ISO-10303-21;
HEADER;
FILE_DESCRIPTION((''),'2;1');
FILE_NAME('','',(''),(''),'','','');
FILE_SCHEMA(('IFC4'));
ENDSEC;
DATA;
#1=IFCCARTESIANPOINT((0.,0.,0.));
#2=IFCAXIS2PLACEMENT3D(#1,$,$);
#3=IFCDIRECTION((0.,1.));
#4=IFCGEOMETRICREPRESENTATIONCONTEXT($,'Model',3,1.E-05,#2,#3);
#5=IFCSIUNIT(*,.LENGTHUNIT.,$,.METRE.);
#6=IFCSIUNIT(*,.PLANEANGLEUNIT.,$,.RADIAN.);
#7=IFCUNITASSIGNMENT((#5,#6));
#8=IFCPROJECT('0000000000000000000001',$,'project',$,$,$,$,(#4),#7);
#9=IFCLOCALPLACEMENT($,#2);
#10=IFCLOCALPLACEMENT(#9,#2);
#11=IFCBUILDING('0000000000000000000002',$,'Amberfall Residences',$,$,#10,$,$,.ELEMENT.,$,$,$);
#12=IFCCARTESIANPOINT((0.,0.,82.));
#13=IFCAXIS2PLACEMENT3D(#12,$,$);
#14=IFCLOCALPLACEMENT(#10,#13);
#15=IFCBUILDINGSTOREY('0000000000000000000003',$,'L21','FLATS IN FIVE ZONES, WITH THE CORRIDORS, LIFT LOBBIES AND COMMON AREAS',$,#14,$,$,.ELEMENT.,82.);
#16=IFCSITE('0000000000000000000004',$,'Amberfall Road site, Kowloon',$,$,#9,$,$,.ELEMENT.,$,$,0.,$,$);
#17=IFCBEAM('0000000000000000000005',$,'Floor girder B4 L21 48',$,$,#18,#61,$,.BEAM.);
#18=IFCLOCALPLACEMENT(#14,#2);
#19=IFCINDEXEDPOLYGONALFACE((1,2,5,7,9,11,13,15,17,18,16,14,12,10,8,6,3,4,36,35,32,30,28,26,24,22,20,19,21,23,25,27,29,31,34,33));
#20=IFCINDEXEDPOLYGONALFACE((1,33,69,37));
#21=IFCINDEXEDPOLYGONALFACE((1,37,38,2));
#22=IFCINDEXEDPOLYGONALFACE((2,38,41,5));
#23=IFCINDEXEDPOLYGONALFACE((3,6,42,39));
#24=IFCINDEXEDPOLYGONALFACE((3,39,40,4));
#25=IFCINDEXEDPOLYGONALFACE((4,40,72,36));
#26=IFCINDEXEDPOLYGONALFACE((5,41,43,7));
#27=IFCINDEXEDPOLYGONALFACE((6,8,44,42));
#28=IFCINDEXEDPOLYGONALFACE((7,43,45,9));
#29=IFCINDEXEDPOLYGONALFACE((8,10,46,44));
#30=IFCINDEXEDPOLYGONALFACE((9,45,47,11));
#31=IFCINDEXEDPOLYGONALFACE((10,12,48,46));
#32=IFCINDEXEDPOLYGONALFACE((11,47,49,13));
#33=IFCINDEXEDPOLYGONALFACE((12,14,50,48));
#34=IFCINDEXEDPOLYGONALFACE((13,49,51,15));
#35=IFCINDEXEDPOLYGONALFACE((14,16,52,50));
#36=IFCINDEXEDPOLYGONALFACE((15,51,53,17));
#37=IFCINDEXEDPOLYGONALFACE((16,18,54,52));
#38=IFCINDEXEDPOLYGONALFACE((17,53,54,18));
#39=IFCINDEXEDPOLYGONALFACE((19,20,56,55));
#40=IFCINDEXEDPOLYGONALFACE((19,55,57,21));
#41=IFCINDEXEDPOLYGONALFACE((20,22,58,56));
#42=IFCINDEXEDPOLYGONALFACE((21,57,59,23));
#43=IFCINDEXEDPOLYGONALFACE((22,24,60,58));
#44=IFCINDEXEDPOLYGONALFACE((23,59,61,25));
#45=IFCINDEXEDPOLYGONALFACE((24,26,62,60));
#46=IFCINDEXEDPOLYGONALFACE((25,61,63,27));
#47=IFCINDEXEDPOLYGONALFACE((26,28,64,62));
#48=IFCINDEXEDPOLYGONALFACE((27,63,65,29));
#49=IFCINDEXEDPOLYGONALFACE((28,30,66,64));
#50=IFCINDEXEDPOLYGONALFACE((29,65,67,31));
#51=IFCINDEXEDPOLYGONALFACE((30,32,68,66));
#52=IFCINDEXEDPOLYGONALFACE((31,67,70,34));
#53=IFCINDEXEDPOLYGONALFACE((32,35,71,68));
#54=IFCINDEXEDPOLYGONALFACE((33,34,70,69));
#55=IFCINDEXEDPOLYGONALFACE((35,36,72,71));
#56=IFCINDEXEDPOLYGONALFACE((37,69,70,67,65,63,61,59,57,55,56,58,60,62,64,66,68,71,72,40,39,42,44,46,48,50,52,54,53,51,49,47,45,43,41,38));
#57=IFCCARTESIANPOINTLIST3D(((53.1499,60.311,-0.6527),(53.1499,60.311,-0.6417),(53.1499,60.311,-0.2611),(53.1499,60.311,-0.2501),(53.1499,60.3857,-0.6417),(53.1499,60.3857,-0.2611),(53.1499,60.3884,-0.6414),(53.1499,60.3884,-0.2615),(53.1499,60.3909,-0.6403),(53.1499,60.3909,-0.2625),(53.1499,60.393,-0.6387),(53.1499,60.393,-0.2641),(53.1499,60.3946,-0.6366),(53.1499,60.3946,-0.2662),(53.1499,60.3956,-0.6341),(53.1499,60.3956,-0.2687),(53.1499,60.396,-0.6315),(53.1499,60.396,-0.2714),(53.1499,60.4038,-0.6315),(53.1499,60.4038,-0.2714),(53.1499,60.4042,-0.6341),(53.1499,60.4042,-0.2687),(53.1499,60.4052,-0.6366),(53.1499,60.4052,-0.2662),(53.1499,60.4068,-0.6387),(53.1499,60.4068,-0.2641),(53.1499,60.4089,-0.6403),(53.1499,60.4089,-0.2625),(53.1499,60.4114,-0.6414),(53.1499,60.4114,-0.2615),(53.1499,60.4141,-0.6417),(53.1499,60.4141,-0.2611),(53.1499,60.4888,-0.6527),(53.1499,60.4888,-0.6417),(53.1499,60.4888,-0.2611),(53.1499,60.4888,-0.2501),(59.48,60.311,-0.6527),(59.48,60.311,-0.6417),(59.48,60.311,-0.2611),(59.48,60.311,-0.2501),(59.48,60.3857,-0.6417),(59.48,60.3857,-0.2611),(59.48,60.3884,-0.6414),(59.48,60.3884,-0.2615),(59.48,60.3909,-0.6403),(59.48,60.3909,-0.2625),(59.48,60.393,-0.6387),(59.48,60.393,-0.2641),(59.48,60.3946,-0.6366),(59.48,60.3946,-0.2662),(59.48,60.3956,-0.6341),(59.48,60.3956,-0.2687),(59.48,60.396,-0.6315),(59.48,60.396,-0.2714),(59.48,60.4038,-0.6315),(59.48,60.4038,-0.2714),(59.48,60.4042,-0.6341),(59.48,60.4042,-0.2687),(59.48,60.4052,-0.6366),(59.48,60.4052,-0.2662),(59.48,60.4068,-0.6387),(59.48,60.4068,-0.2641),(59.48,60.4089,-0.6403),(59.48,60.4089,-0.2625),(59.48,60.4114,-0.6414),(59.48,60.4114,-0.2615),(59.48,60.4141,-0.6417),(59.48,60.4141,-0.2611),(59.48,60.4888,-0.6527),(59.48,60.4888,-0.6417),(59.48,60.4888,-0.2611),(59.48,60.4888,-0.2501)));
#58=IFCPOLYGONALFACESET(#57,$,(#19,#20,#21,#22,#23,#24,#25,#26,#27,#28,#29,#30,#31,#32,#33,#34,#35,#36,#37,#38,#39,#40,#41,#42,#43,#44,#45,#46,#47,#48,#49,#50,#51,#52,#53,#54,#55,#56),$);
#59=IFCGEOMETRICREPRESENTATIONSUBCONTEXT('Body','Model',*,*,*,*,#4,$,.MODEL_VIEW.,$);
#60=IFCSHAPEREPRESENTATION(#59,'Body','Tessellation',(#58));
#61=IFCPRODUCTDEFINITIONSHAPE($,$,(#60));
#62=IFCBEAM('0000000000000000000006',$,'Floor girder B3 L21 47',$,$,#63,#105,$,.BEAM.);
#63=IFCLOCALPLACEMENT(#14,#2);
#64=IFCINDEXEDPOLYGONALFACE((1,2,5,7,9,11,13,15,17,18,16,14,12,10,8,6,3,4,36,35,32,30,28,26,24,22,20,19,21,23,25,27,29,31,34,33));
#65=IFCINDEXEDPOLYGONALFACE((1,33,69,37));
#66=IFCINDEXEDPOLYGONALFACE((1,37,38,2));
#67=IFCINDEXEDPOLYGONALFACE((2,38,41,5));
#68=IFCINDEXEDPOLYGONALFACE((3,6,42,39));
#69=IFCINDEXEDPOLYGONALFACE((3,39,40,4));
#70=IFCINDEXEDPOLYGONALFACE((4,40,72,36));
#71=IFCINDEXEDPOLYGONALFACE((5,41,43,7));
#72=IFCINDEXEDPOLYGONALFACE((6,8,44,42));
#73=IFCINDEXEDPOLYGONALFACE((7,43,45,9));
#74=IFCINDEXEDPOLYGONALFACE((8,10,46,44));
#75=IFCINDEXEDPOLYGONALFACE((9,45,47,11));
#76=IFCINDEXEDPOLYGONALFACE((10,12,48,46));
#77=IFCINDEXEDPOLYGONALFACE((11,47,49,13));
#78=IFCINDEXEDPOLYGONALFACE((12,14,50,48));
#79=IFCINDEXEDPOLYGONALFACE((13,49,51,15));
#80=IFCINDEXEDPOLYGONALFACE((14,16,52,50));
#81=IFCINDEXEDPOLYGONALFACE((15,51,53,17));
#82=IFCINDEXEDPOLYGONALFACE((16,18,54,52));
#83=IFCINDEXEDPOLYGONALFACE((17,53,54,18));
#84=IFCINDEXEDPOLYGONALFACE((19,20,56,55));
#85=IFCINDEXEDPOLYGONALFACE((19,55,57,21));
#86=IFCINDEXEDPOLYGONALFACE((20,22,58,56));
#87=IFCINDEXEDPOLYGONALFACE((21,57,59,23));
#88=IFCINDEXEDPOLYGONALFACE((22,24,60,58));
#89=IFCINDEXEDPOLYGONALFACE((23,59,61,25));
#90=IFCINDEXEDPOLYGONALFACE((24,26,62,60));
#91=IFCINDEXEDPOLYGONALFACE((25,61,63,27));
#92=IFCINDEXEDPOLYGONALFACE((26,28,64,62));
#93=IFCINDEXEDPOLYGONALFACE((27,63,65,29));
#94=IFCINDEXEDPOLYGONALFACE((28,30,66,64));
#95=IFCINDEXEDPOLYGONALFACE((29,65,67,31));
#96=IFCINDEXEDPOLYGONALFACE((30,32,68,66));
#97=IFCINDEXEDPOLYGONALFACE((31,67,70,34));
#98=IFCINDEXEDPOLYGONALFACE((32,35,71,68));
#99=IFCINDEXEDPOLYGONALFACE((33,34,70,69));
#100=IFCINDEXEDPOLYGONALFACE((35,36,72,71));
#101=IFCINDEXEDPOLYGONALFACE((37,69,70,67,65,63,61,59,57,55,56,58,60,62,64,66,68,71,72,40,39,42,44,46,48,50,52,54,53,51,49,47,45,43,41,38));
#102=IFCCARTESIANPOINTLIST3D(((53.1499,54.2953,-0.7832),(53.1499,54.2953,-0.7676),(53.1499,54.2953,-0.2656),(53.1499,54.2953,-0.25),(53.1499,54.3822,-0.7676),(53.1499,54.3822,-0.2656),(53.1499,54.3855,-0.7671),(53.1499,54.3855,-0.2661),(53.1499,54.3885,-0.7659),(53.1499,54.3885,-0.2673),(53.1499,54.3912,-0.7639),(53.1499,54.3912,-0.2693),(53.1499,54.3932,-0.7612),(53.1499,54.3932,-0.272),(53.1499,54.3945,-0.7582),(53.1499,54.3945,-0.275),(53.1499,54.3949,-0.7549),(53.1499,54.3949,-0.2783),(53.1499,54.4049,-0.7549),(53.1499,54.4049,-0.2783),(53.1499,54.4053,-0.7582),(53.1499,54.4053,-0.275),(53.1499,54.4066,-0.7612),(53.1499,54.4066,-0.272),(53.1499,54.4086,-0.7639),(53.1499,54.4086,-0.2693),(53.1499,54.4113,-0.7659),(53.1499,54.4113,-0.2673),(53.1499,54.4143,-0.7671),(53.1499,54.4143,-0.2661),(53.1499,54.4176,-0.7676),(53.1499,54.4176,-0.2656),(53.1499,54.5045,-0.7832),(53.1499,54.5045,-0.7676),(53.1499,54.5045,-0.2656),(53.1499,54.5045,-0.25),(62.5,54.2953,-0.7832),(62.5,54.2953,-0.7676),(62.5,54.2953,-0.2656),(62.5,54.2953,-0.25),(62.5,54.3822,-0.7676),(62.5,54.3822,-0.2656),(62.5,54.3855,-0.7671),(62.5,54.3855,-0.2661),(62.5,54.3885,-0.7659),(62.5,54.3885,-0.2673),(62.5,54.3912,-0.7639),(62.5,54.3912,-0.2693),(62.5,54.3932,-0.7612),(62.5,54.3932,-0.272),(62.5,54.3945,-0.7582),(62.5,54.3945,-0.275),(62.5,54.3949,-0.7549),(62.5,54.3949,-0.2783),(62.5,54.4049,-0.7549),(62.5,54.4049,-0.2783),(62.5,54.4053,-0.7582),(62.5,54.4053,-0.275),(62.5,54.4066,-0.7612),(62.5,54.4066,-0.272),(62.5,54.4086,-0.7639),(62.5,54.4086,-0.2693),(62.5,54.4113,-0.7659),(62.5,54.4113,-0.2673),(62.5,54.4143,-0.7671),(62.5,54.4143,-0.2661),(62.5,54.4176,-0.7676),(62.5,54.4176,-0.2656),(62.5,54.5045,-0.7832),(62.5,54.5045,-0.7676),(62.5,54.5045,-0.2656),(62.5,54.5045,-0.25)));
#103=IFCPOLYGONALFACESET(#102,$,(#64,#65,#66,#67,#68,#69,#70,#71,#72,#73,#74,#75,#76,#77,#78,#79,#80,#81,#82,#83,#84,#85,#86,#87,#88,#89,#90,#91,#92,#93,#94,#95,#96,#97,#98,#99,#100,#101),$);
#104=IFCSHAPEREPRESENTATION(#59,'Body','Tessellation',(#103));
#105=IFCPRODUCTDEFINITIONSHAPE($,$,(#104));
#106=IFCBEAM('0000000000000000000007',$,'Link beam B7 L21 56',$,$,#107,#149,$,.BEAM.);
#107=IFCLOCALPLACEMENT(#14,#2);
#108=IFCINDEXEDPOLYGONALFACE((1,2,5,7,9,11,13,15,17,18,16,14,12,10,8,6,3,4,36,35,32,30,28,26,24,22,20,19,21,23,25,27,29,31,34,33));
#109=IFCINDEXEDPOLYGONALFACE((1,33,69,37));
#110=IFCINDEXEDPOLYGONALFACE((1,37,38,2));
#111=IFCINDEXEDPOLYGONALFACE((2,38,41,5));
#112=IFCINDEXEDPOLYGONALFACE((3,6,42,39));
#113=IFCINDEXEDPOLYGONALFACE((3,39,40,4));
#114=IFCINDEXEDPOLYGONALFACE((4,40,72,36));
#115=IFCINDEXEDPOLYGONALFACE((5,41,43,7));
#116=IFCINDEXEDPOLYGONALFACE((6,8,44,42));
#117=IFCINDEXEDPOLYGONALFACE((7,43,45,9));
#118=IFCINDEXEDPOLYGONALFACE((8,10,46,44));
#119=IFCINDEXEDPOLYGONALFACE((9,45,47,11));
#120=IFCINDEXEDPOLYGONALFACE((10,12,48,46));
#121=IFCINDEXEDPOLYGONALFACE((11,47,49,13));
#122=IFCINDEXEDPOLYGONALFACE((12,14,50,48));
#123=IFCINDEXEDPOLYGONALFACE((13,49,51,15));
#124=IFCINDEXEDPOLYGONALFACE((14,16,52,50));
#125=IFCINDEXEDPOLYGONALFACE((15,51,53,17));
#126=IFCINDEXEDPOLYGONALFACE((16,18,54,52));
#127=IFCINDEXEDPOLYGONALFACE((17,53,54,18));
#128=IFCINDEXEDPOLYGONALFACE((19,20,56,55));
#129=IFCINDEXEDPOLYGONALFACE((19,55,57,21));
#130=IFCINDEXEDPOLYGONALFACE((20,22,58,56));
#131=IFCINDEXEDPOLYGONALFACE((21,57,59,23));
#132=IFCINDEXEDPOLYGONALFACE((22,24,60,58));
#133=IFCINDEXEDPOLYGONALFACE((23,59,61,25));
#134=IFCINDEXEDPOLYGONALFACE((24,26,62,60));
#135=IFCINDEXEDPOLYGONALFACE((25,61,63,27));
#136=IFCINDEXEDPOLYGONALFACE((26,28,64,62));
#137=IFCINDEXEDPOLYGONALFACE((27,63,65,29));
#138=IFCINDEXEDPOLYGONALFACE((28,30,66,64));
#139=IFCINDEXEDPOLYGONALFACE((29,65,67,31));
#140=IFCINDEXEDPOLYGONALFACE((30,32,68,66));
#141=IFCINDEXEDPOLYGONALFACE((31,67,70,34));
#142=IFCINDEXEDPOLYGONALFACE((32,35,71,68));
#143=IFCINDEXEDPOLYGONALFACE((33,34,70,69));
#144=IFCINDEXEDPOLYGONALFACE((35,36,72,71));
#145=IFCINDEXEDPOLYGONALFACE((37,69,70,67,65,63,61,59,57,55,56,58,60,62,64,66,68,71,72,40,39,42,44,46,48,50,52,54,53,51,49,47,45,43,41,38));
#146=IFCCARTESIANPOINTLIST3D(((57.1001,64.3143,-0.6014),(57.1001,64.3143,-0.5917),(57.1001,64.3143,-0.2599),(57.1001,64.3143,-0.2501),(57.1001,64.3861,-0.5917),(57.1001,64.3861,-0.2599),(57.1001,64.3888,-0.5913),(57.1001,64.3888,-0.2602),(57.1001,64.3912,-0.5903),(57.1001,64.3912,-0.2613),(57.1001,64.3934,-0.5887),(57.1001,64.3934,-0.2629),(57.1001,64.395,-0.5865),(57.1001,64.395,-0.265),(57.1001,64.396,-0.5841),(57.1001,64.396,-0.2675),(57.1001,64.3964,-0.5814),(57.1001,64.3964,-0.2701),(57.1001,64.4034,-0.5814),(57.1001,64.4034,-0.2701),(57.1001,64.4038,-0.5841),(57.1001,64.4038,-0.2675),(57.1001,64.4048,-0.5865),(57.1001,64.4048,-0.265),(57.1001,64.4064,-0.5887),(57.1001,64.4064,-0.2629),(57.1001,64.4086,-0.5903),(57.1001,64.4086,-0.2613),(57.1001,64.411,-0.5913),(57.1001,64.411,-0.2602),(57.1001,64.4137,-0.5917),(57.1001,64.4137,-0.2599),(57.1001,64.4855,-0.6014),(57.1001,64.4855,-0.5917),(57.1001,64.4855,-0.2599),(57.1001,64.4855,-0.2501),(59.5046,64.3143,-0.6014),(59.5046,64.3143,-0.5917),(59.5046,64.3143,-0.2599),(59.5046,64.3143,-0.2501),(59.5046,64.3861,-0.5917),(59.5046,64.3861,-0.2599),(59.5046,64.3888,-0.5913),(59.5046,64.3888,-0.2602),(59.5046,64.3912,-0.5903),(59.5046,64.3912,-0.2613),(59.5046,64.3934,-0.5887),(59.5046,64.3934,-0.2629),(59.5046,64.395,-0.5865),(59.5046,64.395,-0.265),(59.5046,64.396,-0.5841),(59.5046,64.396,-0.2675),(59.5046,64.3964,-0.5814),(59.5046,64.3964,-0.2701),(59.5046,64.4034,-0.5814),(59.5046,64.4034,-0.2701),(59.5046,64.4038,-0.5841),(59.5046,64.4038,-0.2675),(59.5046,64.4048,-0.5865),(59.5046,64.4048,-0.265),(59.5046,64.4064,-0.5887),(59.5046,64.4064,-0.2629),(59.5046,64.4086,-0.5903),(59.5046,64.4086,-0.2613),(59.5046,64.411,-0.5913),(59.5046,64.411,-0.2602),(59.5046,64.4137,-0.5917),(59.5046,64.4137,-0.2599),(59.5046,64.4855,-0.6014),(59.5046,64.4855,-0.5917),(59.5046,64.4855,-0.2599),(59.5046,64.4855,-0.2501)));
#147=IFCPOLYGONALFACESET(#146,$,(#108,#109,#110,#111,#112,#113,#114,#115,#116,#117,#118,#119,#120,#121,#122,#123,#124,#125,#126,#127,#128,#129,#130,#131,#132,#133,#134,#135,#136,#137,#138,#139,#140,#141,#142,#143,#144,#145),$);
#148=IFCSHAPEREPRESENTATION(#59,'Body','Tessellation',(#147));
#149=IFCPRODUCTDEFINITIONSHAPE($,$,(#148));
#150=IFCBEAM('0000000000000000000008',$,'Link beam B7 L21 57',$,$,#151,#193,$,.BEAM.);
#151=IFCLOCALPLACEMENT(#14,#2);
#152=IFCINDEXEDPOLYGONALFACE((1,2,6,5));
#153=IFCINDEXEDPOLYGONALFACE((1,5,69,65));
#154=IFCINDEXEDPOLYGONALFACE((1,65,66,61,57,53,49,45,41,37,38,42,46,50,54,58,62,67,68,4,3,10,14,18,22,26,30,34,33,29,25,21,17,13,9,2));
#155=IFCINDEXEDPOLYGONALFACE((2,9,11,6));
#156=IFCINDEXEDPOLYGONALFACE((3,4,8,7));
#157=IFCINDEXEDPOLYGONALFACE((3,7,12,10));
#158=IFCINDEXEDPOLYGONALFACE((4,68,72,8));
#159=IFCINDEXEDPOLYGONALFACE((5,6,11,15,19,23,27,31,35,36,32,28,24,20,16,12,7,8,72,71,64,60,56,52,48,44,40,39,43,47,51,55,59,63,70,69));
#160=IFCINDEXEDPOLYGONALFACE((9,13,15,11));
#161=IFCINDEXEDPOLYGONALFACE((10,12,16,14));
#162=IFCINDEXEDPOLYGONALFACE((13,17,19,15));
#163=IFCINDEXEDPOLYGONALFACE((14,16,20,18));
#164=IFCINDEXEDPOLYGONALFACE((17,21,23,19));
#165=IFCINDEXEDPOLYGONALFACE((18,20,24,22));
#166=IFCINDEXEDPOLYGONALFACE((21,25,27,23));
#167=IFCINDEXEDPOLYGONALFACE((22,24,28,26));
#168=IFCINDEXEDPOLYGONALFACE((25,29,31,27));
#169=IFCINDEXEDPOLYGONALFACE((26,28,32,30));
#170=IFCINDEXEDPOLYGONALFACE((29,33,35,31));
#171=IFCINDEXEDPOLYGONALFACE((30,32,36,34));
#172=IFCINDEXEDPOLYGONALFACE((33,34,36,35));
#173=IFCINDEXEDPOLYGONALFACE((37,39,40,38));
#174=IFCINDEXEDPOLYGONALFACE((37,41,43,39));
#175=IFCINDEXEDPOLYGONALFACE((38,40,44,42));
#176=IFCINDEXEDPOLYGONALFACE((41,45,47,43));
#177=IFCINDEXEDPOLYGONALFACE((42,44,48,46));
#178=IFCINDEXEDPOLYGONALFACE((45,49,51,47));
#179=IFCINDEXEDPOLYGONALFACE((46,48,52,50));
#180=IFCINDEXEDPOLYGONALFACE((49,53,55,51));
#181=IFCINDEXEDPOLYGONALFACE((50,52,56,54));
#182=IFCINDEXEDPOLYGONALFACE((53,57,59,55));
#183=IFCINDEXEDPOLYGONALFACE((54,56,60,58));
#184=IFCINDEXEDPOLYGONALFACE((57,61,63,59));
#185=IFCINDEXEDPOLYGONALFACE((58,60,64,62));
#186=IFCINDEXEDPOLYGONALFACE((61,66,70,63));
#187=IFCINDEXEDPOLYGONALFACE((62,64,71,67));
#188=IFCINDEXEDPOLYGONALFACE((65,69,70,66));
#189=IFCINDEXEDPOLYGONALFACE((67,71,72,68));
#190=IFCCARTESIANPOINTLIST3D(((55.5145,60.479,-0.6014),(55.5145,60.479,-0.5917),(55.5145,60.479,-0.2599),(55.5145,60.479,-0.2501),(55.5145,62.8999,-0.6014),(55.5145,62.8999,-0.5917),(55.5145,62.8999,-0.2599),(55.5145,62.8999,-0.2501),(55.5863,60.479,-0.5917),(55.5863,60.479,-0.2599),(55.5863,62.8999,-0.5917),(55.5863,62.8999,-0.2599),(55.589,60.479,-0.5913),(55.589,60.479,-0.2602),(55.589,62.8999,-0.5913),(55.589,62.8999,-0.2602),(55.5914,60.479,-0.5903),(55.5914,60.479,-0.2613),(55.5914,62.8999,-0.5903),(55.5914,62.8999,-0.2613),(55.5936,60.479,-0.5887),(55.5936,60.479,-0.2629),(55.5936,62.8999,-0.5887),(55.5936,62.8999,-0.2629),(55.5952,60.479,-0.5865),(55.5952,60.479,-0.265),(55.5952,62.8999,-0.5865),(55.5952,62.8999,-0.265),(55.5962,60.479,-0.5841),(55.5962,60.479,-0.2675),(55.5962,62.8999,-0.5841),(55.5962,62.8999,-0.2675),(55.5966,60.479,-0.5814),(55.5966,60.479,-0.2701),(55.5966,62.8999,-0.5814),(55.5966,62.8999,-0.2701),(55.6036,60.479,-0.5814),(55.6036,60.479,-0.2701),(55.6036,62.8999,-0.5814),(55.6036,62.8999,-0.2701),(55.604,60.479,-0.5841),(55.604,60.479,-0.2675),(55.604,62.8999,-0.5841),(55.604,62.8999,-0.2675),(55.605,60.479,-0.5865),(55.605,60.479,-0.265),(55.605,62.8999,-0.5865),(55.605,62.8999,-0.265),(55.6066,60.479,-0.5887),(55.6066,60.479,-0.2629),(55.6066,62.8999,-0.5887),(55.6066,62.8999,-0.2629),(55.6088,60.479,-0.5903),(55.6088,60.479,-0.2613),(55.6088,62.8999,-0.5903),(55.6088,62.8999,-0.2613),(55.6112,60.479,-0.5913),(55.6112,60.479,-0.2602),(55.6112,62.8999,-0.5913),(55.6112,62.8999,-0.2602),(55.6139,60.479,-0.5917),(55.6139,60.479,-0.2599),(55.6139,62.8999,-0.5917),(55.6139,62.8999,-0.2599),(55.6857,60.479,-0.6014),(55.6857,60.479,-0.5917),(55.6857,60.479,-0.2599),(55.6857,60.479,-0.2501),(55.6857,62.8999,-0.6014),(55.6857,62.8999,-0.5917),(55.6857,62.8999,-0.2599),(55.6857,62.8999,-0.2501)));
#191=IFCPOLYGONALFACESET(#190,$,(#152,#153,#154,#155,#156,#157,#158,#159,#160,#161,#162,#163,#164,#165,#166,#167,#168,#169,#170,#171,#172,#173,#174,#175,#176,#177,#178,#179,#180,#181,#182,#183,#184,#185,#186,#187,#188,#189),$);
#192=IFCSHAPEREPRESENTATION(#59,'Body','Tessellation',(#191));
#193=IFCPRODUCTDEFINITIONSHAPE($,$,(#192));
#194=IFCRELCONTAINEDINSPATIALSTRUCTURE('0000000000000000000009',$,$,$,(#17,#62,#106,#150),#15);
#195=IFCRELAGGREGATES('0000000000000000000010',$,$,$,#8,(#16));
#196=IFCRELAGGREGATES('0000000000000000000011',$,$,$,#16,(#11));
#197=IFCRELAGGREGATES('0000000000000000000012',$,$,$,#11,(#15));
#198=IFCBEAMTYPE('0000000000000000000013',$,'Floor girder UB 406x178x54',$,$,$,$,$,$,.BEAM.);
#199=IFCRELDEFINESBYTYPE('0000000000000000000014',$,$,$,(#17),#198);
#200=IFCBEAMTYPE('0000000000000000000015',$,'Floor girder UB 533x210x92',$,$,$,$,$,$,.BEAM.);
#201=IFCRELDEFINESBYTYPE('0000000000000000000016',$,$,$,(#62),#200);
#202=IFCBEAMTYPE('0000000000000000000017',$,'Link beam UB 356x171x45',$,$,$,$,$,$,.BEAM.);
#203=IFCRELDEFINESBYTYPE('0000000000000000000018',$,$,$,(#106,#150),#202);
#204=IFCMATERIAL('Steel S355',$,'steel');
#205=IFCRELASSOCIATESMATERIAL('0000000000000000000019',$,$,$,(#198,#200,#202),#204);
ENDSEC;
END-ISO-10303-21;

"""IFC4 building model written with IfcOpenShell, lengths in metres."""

from ifc_helpers import new_model, si_unit, direction, frame, origin, origin_2d, place, context, subcontext, project, spatial, i_section, extrude, material, material_profile, profile_set, type_object, element, save


model = new_model("IFC4")

# Units and contexts
model_context = context("Model", 3, precision=1e-05, world=origin(), true_north=direction((0.0, 1.0)))
body_context = subcontext(model_context, "Body", "Model", "MODEL_VIEW")
ifc_project = project(units=[si_unit("LENGTHUNIT", "METRE"), si_unit("PLANEANGLEUNIT", "RADIAN")], contexts=[model_context])

# Site, building, storey
site_placement = place(None, origin())
site = spatial("IfcSite", under=ifc_project, at=site_placement, Name="Amberfall Road site, Kowloon", CompositionType="ELEMENT", RefElevation=0.0)
building_placement = place(site_placement, origin())
building = spatial("IfcBuilding", under=site, at=building_placement, Name="Amberfall Residences", CompositionType="ELEMENT")
storey_placement = place(building_placement, frame((0.0, 0.0, 82.0)))
storey = spatial("IfcBuildingStorey", under=building, at=storey_placement, Name="L21", Description="FLATS IN FIVE ZONES, WITH THE CORRIDORS, LIFT LOBBIES AND COMMON AREAS", CompositionType="ELEMENT", Elevation=82.0)

# Shared definitions
ifc_material_1 = material(Name="Steel S355", Category="steel")

# Beams
ifc_material_profile_1 = material_profile(ifc_material_1, i_section(OverallWidth=0.1777, OverallDepth=0.4026, WebThickness=0.0078, FlangeThickness=0.011, FilletRadius=0.0103, at=origin_2d()), Name="UB 406x178x54")
ifc_profile_set_1 = profile_set([ifc_material_profile_1], Name="Steel S355")
beam_type_1 = type_object("IfcBeamType", Name="Floor girder UB 406x178x54", PredefinedType="BEAM", material=ifc_profile_set_1)
beam_1_placement = place(storey_placement, frame((53.1499, 60.3999, -0.4514), z_axis=(1.0, 0.0, 0.0), x_axis=(0.0, 1.0, 0.0)))
element("IfcBeam", 1, at=beam_1_placement, inside=storey, type_object=beam_type_1, Name="Floor girder B4 L21 48", PredefinedType="BEAM", context=body_context, shape_type="SweptSolid", body=[
    extrude(i_section(OverallWidth=0.1777, OverallDepth=0.4026, WebThickness=0.0078, FlangeThickness=0.011, FilletRadius=0.0103, at=origin_2d()), origin(), (0.0, 0.0, 1.0), 6.3301),
])
ifc_material_profile_2 = material_profile(ifc_material_1, i_section(OverallWidth=0.2092, OverallDepth=0.5332, WebThickness=0.01, FlangeThickness=0.0156, FilletRadius=0.0127, at=origin_2d()), Name="UB 533x210x92")
ifc_profile_set_2 = profile_set([ifc_material_profile_2], Name="Steel S355")
beam_type_2 = type_object("IfcBeamType", Name="Floor girder UB 533x210x92", PredefinedType="BEAM", material=ifc_profile_set_2)
beam_2_placement = place(storey_placement, frame((53.1499, 54.3999, -0.5166), z_axis=(1.0, 0.0, 0.0), x_axis=(0.0, 1.0, 0.0)))
element("IfcBeam", 2, at=beam_2_placement, inside=storey, type_object=beam_type_2, Name="Floor girder B3 L21 47", PredefinedType="BEAM", context=body_context, shape_type="SweptSolid", body=[
    extrude(i_section(OverallWidth=0.2092, OverallDepth=0.5332, WebThickness=0.01, FlangeThickness=0.0156, FilletRadius=0.0127, at=origin_2d()), origin(), (0.0, 0.0, 1.0), 9.3501),
])
ifc_material_profile_3 = material_profile(ifc_material_1, i_section(OverallWidth=0.1711, OverallDepth=0.3513, WebThickness=0.0071, FlangeThickness=0.0098, FilletRadius=0.0103, at=origin_2d()), Name="UB 356x171x45")
ifc_profile_set_3 = profile_set([ifc_material_profile_3], Name="Steel S355")
beam_type_3 = type_object("IfcBeamType", Name="Link beam UB 356x171x45", PredefinedType="BEAM", material=ifc_profile_set_3)
beam_3_placement = place(storey_placement, frame((57.1001, 64.3999, -0.4258), z_axis=(1.0, 0.0, 0.0), x_axis=(0.0, 1.0, 0.0)))
element("IfcBeam", 3, at=beam_3_placement, inside=storey, type_object=beam_type_3, Name="Link beam B7 L21 56", PredefinedType="BEAM", context=body_context, shape_type="SweptSolid", body=[
    extrude(i_section(OverallWidth=0.1711, OverallDepth=0.3513, WebThickness=0.0071, FlangeThickness=0.0098, FilletRadius=0.0103, at=origin_2d()), origin(), (0.0, 0.0, 1.0), 2.4045),
])
beam_4_placement = place(storey_placement, frame((55.6001, 62.8999, -0.4258), z_axis=(0.0, -1.0, 0.0), x_axis=(1.0, 0.0, 0.0)))
element("IfcBeam", 4, at=beam_4_placement, inside=storey, type_object=beam_type_3, Name="Link beam B7 L21 57", PredefinedType="BEAM", context=body_context, shape_type="SweptSolid", body=[
    extrude(i_section(OverallWidth=0.1711, OverallDepth=0.3513, WebThickness=0.0071, FlangeThickness=0.0098, FilletRadius=0.0103, at=origin_2d()), origin(), (0.0, 0.0, 1.0), 2.4209),
])

save(model, "model.ifc")
